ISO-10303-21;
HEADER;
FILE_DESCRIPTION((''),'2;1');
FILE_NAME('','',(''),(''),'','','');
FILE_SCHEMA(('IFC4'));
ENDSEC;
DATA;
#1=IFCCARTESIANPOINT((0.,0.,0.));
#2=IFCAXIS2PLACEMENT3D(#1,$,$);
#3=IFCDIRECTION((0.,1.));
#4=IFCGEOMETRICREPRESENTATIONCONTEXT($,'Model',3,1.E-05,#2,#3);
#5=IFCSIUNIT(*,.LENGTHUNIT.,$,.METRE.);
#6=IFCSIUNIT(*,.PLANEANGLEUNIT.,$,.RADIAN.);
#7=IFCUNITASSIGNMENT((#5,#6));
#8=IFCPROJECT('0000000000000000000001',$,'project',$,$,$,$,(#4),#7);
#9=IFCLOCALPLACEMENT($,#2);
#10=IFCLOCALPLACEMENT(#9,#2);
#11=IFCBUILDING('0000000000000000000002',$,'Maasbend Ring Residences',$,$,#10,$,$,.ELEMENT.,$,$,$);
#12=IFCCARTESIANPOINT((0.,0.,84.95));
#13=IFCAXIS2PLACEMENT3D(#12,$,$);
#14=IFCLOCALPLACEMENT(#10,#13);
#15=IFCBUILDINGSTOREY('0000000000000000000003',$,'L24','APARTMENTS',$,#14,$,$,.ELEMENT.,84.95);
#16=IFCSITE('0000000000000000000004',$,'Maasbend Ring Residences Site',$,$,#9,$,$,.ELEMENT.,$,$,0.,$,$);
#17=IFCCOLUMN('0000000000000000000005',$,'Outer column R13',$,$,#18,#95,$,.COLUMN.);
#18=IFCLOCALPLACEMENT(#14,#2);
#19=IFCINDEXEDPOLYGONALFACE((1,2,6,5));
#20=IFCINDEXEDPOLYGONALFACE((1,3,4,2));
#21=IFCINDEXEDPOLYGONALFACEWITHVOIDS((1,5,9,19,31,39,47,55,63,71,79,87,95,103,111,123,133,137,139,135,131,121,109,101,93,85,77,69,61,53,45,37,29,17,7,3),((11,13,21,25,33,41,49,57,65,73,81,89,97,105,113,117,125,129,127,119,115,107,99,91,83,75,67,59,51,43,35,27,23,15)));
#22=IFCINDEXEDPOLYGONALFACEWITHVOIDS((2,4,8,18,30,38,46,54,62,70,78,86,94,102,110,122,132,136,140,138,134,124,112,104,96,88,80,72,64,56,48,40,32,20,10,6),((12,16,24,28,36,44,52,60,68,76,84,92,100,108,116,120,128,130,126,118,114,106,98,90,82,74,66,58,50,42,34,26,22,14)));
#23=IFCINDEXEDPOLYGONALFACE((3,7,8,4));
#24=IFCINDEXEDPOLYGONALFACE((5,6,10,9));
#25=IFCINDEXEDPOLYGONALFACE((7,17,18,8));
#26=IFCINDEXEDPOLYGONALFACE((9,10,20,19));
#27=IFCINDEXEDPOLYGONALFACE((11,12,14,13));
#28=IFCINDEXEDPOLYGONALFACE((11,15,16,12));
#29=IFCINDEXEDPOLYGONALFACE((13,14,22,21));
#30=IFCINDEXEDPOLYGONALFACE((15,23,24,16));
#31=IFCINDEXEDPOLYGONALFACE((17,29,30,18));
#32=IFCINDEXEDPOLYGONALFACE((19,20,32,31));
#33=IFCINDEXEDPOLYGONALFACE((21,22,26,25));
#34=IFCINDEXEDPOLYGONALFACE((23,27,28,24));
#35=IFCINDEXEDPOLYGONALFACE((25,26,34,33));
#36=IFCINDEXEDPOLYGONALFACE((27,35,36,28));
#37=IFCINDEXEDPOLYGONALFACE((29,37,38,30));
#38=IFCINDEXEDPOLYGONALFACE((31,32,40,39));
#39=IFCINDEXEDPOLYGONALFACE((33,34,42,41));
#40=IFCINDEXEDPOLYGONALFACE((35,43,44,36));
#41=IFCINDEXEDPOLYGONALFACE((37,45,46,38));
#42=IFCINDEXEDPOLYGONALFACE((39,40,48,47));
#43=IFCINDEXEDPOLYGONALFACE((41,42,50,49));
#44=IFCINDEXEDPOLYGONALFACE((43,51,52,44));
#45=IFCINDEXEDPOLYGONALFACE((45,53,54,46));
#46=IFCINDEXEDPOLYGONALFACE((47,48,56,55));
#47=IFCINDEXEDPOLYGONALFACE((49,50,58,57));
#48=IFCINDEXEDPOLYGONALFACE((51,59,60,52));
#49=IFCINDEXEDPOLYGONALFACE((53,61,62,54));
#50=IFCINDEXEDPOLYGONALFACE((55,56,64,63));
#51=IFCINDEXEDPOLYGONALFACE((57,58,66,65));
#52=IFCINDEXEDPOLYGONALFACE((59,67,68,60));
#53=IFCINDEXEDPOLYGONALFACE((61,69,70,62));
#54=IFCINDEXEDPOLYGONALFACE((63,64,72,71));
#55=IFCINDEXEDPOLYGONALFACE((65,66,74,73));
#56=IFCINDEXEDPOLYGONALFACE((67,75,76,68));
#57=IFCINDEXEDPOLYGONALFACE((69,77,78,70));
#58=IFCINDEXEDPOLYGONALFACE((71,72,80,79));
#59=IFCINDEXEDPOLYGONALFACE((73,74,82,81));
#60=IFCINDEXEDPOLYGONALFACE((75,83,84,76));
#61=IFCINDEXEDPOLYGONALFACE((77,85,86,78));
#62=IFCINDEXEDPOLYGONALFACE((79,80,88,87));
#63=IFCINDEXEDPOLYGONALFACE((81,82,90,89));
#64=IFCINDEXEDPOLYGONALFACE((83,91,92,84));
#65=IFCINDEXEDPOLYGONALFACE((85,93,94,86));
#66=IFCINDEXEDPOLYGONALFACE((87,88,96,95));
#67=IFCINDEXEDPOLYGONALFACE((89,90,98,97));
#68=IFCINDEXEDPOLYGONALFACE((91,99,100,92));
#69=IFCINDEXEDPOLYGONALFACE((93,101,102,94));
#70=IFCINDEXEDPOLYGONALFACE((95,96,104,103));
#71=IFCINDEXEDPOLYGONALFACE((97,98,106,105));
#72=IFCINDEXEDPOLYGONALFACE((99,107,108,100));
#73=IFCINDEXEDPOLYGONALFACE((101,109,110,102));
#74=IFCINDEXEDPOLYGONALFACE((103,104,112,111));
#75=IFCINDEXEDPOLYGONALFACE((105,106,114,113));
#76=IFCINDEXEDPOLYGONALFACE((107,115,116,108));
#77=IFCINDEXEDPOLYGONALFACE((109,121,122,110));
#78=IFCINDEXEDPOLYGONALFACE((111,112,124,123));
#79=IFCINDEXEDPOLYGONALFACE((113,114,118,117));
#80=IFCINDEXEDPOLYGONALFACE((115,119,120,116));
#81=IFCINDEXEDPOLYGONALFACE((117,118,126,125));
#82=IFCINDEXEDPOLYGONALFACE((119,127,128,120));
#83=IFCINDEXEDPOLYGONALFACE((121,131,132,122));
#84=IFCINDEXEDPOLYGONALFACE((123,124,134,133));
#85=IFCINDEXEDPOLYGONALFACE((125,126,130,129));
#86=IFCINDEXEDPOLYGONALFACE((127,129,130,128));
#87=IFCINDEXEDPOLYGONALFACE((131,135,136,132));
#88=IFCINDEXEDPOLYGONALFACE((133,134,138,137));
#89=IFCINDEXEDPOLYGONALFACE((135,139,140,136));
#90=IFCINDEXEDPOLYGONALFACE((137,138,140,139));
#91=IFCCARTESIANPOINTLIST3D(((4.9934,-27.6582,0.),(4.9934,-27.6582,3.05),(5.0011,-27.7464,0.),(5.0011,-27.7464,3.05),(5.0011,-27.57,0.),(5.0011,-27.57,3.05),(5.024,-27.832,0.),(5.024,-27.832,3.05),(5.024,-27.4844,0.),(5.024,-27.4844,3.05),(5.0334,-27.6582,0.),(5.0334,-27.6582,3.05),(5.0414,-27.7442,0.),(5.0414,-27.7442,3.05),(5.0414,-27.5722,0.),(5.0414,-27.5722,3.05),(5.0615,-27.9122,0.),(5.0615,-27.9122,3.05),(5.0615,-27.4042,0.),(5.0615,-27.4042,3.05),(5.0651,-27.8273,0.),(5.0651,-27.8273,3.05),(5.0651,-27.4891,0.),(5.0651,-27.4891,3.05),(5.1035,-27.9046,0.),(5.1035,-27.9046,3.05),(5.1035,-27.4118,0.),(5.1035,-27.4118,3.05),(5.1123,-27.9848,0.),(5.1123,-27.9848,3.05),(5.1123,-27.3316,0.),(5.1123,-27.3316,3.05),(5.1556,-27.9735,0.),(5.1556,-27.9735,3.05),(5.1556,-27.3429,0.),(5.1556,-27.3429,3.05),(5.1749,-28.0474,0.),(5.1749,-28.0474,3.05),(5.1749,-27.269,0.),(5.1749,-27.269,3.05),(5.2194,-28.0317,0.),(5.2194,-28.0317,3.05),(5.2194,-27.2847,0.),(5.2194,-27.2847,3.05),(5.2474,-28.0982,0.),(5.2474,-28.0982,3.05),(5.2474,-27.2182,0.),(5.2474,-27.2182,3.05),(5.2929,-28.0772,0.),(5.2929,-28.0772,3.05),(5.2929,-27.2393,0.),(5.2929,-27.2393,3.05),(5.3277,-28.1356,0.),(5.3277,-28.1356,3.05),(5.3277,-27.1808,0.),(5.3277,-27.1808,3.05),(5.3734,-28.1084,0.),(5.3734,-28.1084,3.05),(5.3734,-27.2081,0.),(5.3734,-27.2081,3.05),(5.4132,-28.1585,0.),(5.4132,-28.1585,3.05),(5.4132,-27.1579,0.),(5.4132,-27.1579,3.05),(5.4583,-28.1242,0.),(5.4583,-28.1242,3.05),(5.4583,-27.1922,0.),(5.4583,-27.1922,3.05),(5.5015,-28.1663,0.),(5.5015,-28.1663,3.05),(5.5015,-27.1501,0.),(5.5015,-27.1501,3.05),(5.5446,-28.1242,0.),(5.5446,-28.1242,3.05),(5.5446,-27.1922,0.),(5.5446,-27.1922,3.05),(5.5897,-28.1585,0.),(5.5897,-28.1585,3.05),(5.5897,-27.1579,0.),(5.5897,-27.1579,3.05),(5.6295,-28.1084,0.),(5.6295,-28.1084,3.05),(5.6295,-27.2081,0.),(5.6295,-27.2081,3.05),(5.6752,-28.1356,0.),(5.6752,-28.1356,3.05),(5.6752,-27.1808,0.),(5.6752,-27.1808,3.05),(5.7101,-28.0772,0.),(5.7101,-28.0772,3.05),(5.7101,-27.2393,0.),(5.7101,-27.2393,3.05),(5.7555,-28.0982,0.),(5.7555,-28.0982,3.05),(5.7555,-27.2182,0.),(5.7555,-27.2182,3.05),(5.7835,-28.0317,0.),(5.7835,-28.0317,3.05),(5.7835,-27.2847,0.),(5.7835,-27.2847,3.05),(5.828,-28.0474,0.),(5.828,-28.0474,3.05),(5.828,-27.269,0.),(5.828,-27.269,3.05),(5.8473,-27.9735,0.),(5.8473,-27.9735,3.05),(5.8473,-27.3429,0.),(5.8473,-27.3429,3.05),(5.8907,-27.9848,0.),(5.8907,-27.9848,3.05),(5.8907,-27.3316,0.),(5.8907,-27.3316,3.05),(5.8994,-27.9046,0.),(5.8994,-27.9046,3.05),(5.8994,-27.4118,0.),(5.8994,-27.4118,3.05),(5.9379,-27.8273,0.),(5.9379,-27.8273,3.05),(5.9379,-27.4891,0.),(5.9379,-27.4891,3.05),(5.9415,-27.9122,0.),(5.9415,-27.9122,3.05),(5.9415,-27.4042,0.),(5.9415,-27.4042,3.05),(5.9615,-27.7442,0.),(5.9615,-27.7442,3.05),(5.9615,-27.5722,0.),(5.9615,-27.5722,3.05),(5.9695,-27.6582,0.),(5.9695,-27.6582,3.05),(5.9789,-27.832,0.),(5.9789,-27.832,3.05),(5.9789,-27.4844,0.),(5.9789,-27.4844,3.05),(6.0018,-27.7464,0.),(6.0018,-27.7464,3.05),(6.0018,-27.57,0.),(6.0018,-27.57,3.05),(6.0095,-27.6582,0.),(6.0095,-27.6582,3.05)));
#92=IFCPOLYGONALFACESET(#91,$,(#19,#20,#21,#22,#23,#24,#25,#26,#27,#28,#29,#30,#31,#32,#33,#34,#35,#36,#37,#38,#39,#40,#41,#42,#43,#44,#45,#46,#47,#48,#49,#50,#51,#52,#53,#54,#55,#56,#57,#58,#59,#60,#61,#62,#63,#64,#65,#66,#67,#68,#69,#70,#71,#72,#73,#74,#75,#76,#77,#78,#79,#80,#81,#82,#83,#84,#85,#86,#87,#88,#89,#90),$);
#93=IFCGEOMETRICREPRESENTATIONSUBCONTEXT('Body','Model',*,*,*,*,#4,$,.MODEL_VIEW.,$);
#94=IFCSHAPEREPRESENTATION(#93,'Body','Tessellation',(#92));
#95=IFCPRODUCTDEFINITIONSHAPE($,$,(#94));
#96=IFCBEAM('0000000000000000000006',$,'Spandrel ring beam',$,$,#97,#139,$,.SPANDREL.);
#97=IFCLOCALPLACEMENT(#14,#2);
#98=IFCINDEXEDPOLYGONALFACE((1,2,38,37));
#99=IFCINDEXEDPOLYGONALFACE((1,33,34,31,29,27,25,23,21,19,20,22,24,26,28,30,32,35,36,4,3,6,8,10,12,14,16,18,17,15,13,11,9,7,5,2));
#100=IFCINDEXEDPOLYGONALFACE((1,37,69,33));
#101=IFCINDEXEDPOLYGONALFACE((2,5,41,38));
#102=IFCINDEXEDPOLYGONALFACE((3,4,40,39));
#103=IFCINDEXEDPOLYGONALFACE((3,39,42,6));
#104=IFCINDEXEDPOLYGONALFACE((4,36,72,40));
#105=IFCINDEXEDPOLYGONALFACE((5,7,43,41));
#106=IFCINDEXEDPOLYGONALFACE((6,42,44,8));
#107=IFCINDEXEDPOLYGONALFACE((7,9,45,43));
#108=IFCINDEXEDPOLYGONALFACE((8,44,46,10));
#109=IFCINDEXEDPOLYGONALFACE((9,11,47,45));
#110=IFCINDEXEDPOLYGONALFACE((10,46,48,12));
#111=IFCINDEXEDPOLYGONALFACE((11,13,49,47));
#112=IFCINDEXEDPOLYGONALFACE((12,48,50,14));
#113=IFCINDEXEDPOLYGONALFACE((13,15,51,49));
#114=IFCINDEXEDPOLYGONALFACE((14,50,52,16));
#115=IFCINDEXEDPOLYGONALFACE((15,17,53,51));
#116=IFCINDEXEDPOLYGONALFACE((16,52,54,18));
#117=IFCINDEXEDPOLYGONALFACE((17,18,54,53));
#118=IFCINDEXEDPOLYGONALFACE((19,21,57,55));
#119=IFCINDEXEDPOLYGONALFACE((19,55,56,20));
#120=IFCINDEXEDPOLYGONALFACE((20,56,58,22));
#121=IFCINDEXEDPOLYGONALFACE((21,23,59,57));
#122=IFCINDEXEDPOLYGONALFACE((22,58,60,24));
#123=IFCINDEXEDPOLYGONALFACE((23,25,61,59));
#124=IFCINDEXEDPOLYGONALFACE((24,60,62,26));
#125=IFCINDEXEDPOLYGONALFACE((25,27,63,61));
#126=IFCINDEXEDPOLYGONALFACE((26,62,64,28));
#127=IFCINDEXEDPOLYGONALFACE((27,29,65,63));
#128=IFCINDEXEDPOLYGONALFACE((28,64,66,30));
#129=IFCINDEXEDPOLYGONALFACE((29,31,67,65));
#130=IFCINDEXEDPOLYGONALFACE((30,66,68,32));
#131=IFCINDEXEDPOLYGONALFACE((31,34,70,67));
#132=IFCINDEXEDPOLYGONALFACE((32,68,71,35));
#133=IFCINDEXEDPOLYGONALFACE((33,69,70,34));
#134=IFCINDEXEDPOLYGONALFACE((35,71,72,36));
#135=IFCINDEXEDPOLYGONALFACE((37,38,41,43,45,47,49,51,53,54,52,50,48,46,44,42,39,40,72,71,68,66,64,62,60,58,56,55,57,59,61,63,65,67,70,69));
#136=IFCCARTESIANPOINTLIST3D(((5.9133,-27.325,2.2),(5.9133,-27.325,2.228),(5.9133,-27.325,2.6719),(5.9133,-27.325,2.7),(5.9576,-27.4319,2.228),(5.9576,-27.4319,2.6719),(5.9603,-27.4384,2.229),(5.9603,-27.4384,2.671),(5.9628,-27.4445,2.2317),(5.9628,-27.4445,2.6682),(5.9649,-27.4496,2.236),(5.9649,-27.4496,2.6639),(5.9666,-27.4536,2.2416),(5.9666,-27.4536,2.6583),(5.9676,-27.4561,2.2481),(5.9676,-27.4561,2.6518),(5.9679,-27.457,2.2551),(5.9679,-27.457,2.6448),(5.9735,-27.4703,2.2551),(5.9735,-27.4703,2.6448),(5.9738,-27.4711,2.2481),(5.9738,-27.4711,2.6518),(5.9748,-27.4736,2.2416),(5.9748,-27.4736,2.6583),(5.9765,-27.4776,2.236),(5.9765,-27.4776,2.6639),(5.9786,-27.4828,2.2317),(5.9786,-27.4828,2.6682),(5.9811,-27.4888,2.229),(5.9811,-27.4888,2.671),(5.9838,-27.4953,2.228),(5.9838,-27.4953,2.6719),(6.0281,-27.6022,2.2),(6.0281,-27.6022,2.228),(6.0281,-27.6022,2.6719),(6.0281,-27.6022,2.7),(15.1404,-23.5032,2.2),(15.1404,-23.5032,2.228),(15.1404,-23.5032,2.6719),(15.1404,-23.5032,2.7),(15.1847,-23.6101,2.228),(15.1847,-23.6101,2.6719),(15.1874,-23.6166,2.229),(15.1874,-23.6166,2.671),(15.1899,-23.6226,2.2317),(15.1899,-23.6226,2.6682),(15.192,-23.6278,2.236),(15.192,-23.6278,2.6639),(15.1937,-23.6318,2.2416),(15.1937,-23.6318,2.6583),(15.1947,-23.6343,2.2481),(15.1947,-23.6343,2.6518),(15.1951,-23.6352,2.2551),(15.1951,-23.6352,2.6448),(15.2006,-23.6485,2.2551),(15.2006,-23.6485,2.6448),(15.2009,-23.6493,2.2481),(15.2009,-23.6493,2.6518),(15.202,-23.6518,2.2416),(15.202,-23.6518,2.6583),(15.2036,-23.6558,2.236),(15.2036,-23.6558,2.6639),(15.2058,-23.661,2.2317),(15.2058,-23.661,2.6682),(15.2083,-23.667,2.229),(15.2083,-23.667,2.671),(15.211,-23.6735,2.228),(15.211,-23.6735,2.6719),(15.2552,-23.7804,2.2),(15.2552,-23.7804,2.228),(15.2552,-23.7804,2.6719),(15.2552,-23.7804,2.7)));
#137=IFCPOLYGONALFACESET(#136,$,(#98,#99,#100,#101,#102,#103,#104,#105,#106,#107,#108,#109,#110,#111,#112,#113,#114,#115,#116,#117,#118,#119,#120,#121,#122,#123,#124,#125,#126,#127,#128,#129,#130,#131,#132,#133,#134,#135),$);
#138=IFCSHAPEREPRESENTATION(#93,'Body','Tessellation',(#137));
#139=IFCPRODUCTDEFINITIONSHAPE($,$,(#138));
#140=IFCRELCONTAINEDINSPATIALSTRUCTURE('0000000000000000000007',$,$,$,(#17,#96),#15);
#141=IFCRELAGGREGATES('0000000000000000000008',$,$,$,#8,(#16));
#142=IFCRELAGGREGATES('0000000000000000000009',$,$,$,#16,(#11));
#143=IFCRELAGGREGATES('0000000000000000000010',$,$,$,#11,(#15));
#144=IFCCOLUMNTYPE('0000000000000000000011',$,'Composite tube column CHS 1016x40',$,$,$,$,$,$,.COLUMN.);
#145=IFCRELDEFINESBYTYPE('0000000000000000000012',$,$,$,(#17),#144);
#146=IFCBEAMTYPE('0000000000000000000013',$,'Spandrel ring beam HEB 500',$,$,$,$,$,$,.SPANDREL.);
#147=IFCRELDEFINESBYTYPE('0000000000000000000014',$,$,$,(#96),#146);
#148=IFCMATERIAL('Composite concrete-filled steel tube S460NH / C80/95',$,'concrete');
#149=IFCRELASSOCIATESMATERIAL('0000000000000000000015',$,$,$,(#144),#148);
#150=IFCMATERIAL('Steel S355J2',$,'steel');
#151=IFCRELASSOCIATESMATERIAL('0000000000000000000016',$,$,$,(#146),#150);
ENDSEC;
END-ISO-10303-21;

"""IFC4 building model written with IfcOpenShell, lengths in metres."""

from ifc_helpers import new_model, si_unit, direction, frame, origin, origin_2d, place, context, subcontext, project, spatial, hollow_circle, i_section, extrude, material, material_profile, profile_set, type_object, element, save


model = new_model("IFC4")

# Units and contexts
model_context = context("Model", 3, precision=1e-05, world=origin(), true_north=direction((0.0, 1.0)))
body_context = subcontext(model_context, "Body", "Model", "MODEL_VIEW")
ifc_project = project(units=[si_unit("LENGTHUNIT", "METRE"), si_unit("PLANEANGLEUNIT", "RADIAN")], contexts=[model_context])

# Site, building, storey
site_placement = place(None, origin())
site = spatial("IfcSite", under=ifc_project, at=site_placement, Name="Maasbend Ring Residences Site", CompositionType="ELEMENT", RefElevation=0.0)
building_placement = place(site_placement, origin())
building = spatial("IfcBuilding", under=site, at=building_placement, Name="Maasbend Ring Residences", CompositionType="ELEMENT")
storey_placement = place(building_placement, frame((0.0, 0.0, 84.95)))
storey = spatial("IfcBuildingStorey", under=building, at=storey_placement, Name="L24", Description="APARTMENTS", CompositionType="ELEMENT", Elevation=84.95)

# Column
ifc_material_1 = material(Name="Composite concrete-filled steel tube S460NH / C80/95", Category="concrete")
ifc_material_profile_1 = material_profile(ifc_material_1, hollow_circle(Radius=0.5081, WallThickness=0.04, at=origin_2d()), Name="Composite tube column CHS 1016x40")
ifc_profile_set_1 = profile_set([ifc_material_profile_1], Name="Composite concrete-filled steel tube S460NH / C80/95")
column_type = type_object("IfcColumnType", Name="Composite tube column CHS 1016x40", PredefinedType="COLUMN", material=ifc_profile_set_1)
column_placement = place(storey_placement, frame((5.5015, -27.6582, 0.0), z_axis=(0.0, 0.0, 1.0), x_axis=(1.0, 0.0, 0.0)))
element("IfcColumn", 1, at=column_placement, inside=storey, type_object=column_type, Name="Outer column R13", PredefinedType="COLUMN", context=body_context, shape_type="SweptSolid", body=[
    extrude(hollow_circle(Radius=0.5081, WallThickness=0.04, at=origin_2d()), origin(), (0.0, 0.0, 1.0), 3.05),
])

# Beam
ifc_material_2 = material(Name="Steel S355J2", Category="steel")
ifc_material_profile_2 = material_profile(ifc_material_2, i_section(OverallWidth=0.3, OverallDepth=0.5, WebThickness=0.0144, FlangeThickness=0.0281, FilletRadius=0.0271, at=origin_2d()), Name="HEB 500")
ifc_profile_set_2 = profile_set([ifc_material_profile_2], Name="Steel S355J2")
beam_type = type_object("IfcBeamType", Name="Spandrel ring beam HEB 500", PredefinedType="SPANDREL", material=ifc_profile_set_2)
beam_placement = place(storey_placement, frame((5.9707, -27.4636, 2.45), z_axis=(0.923886, 0.382667, 0.0), x_axis=(-0.382667, 0.923886, 0.0)))
element("IfcBeam", 2, at=beam_placement, inside=storey, type_object=beam_type, Name="Spandrel ring beam", PredefinedType="SPANDREL", context=body_context, shape_type="SweptSolid", body=[
    extrude(i_section(OverallWidth=0.3, OverallDepth=0.5, WebThickness=0.0144, FlangeThickness=0.0281, FilletRadius=0.0271, at=origin_2d()), origin(), (0.0, 0.0, 1.0), 9.9873),
])

save(model, "model.ifc")
